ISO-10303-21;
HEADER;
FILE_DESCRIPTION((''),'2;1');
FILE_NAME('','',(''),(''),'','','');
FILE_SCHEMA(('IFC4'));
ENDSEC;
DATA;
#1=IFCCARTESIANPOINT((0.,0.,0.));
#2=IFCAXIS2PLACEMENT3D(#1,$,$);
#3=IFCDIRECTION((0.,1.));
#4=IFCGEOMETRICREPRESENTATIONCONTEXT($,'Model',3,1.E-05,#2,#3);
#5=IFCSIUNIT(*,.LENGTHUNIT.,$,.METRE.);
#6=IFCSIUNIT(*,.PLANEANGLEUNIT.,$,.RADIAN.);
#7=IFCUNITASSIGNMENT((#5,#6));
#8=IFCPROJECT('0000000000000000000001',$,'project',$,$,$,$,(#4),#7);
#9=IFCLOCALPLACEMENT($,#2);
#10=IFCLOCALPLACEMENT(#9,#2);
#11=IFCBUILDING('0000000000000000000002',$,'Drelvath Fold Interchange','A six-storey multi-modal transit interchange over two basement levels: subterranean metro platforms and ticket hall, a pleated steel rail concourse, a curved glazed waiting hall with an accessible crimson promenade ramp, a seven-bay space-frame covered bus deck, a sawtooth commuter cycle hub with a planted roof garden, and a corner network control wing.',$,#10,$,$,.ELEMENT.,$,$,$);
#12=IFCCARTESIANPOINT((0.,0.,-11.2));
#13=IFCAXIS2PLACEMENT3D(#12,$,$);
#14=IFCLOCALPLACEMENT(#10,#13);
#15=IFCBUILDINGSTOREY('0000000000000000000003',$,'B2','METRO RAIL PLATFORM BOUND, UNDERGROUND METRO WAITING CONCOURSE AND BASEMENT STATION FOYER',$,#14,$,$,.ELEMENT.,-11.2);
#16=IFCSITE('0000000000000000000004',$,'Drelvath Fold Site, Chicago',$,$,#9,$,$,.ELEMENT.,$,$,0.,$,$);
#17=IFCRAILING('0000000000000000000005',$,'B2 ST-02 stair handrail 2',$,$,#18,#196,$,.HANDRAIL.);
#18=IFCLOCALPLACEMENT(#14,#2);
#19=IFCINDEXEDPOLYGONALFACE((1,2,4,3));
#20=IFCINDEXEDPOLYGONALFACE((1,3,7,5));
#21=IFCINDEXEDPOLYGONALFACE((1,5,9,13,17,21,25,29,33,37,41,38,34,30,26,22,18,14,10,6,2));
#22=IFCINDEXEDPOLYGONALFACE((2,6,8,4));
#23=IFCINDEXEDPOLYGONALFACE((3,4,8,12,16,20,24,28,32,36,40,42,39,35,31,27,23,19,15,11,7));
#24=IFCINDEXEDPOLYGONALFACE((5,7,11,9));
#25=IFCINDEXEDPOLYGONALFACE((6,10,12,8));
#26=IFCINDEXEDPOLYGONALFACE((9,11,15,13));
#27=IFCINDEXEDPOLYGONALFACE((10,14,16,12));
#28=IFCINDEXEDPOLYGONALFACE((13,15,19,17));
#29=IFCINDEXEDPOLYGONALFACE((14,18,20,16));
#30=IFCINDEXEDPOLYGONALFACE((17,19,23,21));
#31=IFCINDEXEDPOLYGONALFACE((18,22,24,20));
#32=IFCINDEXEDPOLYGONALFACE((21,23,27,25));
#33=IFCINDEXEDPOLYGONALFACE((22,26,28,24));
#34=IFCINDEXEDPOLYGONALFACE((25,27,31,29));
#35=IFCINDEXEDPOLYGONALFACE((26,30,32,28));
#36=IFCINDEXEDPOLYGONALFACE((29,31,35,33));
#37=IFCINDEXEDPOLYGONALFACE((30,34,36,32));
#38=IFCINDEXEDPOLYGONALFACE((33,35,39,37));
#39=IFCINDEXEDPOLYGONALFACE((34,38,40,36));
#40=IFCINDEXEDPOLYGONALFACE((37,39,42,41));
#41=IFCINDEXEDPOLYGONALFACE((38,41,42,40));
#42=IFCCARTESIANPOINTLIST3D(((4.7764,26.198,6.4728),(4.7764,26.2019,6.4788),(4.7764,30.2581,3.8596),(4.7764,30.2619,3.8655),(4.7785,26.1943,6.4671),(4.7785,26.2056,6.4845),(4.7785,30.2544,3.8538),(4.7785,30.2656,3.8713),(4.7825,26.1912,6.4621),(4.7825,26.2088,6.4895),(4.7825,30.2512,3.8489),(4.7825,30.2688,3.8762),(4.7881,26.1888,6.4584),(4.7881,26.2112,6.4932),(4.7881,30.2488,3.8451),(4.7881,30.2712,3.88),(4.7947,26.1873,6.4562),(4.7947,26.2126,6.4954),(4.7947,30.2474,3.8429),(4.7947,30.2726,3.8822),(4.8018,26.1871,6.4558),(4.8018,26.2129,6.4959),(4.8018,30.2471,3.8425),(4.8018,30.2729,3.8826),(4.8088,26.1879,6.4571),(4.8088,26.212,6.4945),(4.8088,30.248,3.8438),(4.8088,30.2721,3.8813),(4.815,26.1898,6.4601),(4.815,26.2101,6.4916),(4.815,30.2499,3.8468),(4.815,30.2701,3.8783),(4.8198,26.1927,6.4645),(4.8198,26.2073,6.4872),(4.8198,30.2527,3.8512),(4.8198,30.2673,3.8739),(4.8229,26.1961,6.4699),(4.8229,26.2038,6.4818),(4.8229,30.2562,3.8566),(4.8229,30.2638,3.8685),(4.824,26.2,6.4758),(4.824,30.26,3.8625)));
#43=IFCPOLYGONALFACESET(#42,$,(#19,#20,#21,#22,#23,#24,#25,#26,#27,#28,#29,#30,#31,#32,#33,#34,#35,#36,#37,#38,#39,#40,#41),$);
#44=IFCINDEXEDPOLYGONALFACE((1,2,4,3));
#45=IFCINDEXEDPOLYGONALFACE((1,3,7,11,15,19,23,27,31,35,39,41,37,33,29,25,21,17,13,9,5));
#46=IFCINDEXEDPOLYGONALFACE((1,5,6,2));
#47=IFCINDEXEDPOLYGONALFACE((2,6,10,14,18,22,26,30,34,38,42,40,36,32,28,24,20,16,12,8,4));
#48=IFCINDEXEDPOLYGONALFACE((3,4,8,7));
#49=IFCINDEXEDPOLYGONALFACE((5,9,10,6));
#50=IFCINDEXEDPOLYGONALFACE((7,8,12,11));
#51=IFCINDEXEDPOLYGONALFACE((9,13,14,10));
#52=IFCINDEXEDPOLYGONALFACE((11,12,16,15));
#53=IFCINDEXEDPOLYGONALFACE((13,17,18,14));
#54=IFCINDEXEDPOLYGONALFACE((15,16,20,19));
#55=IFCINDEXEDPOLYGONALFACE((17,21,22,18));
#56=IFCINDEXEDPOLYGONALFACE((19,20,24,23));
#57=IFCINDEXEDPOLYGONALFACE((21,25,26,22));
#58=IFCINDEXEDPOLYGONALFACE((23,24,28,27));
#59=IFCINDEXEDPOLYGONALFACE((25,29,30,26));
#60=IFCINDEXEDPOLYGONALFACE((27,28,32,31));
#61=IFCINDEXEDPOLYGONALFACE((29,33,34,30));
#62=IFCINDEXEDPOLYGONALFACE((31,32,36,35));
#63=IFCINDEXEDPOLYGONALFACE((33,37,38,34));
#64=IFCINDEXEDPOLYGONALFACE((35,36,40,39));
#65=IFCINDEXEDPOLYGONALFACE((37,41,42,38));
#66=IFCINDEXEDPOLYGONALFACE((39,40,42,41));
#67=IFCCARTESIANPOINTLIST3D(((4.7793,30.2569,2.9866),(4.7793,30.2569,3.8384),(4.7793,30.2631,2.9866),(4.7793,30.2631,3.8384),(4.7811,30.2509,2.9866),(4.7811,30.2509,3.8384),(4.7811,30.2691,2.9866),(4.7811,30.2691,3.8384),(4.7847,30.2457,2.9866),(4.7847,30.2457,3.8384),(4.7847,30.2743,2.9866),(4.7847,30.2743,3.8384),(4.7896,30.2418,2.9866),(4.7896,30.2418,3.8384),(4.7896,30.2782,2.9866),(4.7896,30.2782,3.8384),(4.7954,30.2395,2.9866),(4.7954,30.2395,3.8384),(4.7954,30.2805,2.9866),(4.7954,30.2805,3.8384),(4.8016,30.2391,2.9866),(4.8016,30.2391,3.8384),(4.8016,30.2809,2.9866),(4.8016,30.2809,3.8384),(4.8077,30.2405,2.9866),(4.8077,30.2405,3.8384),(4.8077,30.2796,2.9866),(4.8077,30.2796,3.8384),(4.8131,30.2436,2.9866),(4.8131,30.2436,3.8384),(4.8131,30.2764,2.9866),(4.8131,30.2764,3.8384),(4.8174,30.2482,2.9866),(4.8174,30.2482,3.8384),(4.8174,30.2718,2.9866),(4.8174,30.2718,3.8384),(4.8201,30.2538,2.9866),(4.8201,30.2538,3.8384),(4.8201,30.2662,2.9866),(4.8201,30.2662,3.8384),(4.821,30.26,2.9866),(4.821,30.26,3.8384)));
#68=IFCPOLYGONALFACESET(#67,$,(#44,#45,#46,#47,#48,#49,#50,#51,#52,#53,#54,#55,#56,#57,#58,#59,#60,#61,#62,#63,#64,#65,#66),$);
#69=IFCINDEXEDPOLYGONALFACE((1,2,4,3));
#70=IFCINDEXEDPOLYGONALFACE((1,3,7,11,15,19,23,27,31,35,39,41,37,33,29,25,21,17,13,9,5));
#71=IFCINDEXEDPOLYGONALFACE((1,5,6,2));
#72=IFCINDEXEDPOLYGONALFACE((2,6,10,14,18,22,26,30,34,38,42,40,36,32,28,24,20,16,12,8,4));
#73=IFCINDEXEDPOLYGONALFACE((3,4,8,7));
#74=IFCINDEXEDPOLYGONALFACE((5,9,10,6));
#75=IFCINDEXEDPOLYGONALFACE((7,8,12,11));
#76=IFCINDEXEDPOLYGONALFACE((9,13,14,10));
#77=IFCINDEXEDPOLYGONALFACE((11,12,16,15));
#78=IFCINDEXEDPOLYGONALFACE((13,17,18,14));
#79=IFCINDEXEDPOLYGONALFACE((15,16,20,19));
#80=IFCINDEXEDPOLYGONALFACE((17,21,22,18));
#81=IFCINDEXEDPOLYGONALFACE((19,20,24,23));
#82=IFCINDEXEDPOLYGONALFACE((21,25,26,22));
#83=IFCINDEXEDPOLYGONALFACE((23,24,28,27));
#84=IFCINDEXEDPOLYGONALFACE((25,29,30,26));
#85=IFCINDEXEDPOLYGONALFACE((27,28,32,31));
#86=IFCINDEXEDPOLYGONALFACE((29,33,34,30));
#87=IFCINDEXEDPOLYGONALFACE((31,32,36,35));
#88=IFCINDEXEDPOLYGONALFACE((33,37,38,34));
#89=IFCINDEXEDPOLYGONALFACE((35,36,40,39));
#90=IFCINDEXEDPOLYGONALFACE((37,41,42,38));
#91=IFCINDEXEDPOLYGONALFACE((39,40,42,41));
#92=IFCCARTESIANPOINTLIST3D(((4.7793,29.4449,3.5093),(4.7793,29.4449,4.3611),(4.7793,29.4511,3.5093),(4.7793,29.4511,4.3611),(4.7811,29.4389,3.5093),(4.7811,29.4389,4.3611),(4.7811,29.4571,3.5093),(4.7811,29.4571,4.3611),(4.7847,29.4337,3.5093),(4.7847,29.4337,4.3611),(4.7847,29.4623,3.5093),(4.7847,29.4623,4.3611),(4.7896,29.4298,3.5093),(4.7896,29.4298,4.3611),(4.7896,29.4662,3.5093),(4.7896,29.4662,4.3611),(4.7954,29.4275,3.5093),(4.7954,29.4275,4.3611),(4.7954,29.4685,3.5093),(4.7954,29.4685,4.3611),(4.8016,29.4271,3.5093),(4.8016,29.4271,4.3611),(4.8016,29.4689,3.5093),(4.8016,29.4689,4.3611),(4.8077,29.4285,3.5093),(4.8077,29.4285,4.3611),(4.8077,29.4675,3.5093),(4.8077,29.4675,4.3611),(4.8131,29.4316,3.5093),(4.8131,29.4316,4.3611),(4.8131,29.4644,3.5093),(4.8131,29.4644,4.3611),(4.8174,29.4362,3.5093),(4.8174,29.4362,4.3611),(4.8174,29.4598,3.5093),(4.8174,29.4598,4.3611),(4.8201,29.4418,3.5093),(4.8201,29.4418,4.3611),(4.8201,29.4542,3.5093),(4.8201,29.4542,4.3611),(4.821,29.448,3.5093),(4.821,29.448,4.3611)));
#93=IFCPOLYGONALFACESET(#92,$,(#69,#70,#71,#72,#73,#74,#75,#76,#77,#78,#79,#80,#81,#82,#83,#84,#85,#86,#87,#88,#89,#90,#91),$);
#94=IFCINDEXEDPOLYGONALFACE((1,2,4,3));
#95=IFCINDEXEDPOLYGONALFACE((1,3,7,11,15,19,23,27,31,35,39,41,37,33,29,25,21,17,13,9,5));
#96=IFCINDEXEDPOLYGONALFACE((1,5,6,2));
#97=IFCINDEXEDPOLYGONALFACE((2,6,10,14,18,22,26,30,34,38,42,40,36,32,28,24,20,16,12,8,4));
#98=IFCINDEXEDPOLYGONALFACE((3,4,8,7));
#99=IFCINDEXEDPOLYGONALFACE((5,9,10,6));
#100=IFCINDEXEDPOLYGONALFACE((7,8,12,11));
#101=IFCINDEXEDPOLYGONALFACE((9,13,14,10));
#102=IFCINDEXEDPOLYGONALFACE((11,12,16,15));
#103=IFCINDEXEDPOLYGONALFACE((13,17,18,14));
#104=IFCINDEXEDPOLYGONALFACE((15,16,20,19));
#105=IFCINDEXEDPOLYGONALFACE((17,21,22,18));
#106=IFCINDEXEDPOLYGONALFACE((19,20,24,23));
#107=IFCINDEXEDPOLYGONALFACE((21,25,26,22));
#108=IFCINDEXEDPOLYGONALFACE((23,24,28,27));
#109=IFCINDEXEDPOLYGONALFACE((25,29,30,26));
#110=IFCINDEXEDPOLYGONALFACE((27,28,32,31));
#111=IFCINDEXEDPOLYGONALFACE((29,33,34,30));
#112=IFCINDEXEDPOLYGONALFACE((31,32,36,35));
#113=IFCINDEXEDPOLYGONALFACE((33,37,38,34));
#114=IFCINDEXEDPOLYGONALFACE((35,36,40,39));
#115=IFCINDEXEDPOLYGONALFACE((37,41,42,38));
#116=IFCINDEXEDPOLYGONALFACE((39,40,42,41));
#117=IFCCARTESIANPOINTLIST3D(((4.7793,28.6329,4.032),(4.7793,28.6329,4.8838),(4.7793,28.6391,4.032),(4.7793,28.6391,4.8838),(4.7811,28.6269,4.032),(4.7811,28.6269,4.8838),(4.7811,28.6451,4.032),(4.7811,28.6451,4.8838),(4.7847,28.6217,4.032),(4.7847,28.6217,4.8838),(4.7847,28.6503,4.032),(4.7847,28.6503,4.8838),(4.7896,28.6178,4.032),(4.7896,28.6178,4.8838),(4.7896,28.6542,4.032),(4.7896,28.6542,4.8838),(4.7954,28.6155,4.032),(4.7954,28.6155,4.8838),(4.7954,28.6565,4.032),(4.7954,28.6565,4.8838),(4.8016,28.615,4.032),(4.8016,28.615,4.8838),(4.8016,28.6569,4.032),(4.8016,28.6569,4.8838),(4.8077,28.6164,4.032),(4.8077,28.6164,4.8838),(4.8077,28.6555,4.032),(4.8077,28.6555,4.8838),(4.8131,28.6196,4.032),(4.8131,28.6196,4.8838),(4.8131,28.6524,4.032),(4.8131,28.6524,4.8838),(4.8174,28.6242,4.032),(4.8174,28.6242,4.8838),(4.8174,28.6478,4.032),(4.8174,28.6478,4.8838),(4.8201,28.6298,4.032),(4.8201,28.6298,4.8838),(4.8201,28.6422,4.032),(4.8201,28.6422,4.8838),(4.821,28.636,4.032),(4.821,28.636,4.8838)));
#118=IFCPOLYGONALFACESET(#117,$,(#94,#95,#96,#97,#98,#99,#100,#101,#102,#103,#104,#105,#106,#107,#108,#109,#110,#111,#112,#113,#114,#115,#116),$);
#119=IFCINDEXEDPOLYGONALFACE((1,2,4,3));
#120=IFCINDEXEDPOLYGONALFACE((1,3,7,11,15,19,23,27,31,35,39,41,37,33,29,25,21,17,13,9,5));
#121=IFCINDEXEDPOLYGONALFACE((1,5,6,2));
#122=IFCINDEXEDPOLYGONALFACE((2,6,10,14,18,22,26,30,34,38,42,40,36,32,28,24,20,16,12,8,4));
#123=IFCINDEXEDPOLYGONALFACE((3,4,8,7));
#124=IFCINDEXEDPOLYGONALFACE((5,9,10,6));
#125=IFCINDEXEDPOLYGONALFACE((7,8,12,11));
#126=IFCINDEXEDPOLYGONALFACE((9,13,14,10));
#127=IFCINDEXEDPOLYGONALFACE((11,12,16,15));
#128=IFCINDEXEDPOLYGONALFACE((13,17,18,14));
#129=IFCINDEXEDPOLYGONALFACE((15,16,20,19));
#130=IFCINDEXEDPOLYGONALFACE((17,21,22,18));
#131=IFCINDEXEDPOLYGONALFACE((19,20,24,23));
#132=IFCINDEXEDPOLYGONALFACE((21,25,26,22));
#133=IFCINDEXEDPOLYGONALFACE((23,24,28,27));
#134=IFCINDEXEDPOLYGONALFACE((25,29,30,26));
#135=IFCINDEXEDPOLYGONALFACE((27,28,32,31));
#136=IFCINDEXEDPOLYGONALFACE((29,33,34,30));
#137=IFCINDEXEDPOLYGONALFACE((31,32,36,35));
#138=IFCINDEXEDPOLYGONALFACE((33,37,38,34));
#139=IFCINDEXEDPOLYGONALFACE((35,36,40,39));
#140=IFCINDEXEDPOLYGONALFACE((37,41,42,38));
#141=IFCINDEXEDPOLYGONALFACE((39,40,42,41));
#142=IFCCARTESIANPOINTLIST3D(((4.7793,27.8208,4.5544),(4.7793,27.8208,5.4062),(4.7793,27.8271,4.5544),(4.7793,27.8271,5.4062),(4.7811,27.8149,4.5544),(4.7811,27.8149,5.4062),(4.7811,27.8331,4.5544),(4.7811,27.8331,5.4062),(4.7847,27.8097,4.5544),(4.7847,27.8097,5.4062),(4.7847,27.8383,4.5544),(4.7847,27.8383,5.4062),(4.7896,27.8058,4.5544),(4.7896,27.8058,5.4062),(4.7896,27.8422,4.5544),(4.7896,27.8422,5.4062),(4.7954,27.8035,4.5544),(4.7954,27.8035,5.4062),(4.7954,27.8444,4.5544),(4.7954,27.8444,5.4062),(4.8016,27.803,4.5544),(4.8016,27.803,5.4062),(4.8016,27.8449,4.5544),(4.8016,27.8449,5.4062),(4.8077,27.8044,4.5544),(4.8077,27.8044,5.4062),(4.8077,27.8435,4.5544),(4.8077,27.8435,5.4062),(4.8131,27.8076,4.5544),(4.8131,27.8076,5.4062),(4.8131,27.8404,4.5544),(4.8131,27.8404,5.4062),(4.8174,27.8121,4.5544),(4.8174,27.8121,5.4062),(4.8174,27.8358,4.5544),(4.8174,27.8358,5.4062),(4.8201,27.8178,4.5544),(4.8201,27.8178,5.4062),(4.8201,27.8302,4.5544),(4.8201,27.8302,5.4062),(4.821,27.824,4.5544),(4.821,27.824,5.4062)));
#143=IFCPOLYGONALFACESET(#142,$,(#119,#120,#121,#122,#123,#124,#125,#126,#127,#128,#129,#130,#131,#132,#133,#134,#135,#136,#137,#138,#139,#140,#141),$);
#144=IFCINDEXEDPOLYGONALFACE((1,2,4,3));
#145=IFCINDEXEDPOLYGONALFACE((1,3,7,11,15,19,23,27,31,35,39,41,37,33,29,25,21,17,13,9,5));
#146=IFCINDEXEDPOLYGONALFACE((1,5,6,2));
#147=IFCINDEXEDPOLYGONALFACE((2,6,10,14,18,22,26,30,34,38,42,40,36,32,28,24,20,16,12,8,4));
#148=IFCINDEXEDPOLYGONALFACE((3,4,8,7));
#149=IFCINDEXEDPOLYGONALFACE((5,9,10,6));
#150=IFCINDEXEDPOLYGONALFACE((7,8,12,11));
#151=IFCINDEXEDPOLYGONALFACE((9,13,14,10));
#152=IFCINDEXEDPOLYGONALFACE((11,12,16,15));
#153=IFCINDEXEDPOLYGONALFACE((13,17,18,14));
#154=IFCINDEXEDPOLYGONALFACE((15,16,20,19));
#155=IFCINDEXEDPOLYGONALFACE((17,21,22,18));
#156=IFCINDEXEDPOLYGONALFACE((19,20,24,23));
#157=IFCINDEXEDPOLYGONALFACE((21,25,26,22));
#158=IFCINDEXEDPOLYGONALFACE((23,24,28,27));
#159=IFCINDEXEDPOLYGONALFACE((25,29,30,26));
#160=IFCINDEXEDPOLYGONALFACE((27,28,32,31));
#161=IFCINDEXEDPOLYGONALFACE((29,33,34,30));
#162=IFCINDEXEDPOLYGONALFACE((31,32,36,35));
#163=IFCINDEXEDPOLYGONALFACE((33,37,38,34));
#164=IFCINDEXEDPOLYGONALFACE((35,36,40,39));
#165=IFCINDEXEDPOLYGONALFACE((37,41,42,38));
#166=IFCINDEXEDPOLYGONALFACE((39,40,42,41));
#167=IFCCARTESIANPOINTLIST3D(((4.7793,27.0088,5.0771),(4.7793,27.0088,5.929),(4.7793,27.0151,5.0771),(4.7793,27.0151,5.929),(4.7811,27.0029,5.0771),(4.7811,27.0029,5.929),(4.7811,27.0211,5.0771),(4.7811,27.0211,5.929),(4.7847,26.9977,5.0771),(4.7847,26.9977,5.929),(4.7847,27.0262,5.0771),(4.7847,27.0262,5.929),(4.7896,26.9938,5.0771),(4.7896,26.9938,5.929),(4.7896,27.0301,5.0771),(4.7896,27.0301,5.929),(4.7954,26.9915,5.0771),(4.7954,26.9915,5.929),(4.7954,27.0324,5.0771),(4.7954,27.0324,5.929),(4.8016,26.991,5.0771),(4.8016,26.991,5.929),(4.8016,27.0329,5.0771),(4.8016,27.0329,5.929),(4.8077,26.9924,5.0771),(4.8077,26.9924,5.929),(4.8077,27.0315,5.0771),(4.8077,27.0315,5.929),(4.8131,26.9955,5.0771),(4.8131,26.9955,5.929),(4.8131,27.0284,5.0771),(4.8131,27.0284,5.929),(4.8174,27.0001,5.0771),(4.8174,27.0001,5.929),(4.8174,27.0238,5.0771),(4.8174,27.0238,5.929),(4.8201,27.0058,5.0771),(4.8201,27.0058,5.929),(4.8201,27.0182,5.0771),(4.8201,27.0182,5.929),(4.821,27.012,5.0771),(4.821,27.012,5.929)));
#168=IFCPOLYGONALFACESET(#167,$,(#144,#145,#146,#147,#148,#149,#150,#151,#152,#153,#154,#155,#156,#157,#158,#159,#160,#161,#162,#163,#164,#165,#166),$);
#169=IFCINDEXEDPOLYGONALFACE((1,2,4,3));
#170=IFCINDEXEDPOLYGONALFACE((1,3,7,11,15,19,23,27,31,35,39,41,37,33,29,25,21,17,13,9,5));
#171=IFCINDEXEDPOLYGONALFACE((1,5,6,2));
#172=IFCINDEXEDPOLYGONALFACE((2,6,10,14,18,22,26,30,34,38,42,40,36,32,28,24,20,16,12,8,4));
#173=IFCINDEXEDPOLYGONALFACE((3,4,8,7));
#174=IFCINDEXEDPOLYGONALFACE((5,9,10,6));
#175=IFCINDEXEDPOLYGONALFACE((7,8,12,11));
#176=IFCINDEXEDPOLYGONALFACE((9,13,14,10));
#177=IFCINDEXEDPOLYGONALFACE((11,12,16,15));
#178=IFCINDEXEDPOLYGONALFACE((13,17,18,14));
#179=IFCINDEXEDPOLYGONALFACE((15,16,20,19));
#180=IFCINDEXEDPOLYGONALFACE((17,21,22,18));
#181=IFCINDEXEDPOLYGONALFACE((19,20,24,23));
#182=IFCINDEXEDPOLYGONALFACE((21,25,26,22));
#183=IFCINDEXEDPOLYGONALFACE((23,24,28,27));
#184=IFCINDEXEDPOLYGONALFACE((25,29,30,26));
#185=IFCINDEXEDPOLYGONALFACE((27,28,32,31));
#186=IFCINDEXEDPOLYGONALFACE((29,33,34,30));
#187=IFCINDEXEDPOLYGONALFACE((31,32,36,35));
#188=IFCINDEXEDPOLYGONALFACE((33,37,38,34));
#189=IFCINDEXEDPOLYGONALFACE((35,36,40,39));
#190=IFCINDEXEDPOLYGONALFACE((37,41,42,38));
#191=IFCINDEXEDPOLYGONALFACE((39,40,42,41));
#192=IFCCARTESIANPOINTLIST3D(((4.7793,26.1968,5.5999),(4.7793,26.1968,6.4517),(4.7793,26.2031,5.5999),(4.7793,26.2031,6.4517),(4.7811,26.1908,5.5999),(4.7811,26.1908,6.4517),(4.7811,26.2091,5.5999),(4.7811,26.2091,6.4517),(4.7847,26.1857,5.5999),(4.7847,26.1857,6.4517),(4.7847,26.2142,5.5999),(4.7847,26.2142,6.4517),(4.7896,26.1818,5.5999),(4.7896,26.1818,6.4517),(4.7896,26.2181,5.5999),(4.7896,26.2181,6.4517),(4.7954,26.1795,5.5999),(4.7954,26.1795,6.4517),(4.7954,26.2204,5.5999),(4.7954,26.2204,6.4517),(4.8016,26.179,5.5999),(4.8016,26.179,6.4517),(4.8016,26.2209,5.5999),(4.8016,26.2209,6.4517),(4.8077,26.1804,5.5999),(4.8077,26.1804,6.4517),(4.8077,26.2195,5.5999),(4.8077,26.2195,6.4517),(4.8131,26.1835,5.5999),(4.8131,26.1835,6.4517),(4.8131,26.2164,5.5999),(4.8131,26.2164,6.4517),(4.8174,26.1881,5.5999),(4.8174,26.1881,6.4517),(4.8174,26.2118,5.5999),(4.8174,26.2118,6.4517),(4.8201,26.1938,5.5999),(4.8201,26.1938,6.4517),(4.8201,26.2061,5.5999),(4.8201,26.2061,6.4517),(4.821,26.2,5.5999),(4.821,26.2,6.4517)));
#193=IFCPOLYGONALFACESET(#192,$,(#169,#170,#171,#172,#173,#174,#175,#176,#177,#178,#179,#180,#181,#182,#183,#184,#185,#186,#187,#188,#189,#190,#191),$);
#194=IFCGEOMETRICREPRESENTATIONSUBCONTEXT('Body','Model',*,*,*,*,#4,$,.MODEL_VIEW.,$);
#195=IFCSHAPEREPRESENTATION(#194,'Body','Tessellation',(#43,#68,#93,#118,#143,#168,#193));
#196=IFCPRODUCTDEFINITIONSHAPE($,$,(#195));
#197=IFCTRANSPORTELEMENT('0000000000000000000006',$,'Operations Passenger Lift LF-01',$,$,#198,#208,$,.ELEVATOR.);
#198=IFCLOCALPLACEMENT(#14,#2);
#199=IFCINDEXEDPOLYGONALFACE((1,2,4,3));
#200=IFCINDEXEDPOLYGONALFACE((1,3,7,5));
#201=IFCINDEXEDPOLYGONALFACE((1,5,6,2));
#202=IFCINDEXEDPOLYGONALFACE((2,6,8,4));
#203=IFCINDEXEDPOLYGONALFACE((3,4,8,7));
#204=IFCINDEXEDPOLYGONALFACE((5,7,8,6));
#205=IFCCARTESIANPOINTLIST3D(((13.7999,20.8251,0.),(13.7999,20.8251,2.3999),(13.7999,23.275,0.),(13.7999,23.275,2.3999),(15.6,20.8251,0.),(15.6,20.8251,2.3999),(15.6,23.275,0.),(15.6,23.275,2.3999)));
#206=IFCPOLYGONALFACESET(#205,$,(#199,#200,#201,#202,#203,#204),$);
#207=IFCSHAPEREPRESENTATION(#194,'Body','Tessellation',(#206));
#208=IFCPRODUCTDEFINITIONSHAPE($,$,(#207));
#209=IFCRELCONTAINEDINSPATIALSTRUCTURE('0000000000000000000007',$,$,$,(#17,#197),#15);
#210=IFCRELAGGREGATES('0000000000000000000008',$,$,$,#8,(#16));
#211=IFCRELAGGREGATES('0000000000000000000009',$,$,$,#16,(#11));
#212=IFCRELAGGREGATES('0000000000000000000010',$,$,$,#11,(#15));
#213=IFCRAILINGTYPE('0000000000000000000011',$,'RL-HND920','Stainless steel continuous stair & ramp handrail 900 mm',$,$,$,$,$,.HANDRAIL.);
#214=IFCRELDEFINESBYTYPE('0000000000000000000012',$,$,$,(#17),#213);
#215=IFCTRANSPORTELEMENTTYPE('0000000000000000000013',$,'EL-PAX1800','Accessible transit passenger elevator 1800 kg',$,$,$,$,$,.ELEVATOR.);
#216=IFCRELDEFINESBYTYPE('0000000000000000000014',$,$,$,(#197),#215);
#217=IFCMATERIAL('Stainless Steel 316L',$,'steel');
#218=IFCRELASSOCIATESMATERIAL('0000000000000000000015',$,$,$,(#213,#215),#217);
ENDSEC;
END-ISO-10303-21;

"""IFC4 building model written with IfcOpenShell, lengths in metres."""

from ifc_helpers import new_model, si_unit, direction, frame, origin, origin_2d, place, context, subcontext, project, spatial, rectangle, circle, extrude, material, type_object, element, save


model = new_model("IFC4")

# Units and contexts
model_context = context("Model", 3, precision=1e-05, world=origin(), true_north=direction((0.0, 1.0)))
body_context = subcontext(model_context, "Body", "Model", "MODEL_VIEW")
ifc_project = project(units=[si_unit("LENGTHUNIT", "METRE"), si_unit("PLANEANGLEUNIT", "RADIAN")], contexts=[model_context])

# Site, building, storey
site_placement = place(None, origin())
site = spatial("IfcSite", under=ifc_project, at=site_placement, Name="Drelvath Fold Site, Chicago", CompositionType="ELEMENT", RefElevation=0.0)
building_placement = place(site_placement, origin())
building = spatial("IfcBuilding", under=site, at=building_placement, Name="Drelvath Fold Interchange", Description="A six-storey multi-modal transit interchange over two basement levels: subterranean metro platforms and ticket hall, a pleated steel rail concourse, a curved glazed waiting hall with an accessible crimson promenade ramp, a seven-bay space-frame covered bus deck, a sawtooth commuter cycle hub with a planted roof garden, and a corner network control wing.", CompositionType="ELEMENT")
storey_placement = place(building_placement, frame((0.0, 0.0, -11.2)))
storey = spatial("IfcBuildingStorey", under=building, at=storey_placement, Name="B2", Description="METRO RAIL PLATFORM BOUND, UNDERGROUND METRO WAITING CONCOURSE AND BASEMENT STATION FOYER", CompositionType="ELEMENT", Elevation=-11.2)

# Railing
ifc_material_1 = material(Name="Stainless Steel 316L", Category="steel")
railing_type_1 = type_object("IfcRailingType", Name="RL-HND920", Description="Stainless steel continuous stair & ramp handrail 900 mm", PredefinedType="HANDRAIL", material=ifc_material_1)
railing_1_placement = place(storey_placement, frame((4.8, 30.26, 2.9866)))
element("IfcRailing", 1, at=railing_1_placement, inside=storey, type_object=railing_type_1, Name="B2 ST-02 stair handrail 2", PredefinedType="HANDRAIL", context=body_context, shape_type="SweptSolid", body=[
    extrude(circle(Radius=0.0239, at=origin_2d()), frame((0.0, 0.0, 0.876), z_axis=(0.0, -0.840873, 0.541233), x_axis=(1.0, 0.0, 0.0)), (0.0, 0.0, 1.0), 4.8284),
    extrude(circle(Radius=0.021, at=origin_2d()), origin(), (0.0, 0.0, 1.0), 0.8518),
    extrude(circle(Radius=0.021, at=origin_2d()), frame((0.0, -0.812, 0.5227)), (0.0, 0.0, 1.0), 0.8518),
    extrude(circle(Radius=0.021, at=origin_2d()), frame((0.0, -1.624, 1.0454)), (0.0, 0.0, 1.0), 0.8518),
    extrude(circle(Radius=0.021, at=origin_2d()), frame((0.0, -2.436, 1.5679)), (0.0, 0.0, 1.0), 0.8518),
    extrude(circle(Radius=0.021, at=origin_2d()), frame((0.0, -3.248, 2.0906)), (0.0, 0.0, 1.0), 0.8518),
    extrude(circle(Radius=0.021, at=origin_2d()), frame((0.0, -4.0601, 2.6133)), (0.0, 0.0, 1.0), 0.8518),
])

# Transport element
transport_element_type = type_object("IfcTransportElementType", Name="EL-PAX1800", Description="Accessible transit passenger elevator 1800 kg", PredefinedType="ELEVATOR", material=ifc_material_1)
transport_element_placement = place(storey_placement, frame((14.7, 22.05, 0.0), z_axis=(0.0, 0.0, 1.0), x_axis=(1.0, 0.0, 0.0)))
element("IfcTransportElement", 2, at=transport_element_placement, inside=storey, type_object=transport_element_type, Name="Operations Passenger Lift LF-01", PredefinedType="ELEVATOR", context=body_context, shape_type="SweptSolid", body=[
    extrude(rectangle(XDim=1.8, YDim=2.45, at=origin_2d()), origin(), (0.0, 0.0, 1.0), 2.3999),
])

save(model, "model.ifc")
